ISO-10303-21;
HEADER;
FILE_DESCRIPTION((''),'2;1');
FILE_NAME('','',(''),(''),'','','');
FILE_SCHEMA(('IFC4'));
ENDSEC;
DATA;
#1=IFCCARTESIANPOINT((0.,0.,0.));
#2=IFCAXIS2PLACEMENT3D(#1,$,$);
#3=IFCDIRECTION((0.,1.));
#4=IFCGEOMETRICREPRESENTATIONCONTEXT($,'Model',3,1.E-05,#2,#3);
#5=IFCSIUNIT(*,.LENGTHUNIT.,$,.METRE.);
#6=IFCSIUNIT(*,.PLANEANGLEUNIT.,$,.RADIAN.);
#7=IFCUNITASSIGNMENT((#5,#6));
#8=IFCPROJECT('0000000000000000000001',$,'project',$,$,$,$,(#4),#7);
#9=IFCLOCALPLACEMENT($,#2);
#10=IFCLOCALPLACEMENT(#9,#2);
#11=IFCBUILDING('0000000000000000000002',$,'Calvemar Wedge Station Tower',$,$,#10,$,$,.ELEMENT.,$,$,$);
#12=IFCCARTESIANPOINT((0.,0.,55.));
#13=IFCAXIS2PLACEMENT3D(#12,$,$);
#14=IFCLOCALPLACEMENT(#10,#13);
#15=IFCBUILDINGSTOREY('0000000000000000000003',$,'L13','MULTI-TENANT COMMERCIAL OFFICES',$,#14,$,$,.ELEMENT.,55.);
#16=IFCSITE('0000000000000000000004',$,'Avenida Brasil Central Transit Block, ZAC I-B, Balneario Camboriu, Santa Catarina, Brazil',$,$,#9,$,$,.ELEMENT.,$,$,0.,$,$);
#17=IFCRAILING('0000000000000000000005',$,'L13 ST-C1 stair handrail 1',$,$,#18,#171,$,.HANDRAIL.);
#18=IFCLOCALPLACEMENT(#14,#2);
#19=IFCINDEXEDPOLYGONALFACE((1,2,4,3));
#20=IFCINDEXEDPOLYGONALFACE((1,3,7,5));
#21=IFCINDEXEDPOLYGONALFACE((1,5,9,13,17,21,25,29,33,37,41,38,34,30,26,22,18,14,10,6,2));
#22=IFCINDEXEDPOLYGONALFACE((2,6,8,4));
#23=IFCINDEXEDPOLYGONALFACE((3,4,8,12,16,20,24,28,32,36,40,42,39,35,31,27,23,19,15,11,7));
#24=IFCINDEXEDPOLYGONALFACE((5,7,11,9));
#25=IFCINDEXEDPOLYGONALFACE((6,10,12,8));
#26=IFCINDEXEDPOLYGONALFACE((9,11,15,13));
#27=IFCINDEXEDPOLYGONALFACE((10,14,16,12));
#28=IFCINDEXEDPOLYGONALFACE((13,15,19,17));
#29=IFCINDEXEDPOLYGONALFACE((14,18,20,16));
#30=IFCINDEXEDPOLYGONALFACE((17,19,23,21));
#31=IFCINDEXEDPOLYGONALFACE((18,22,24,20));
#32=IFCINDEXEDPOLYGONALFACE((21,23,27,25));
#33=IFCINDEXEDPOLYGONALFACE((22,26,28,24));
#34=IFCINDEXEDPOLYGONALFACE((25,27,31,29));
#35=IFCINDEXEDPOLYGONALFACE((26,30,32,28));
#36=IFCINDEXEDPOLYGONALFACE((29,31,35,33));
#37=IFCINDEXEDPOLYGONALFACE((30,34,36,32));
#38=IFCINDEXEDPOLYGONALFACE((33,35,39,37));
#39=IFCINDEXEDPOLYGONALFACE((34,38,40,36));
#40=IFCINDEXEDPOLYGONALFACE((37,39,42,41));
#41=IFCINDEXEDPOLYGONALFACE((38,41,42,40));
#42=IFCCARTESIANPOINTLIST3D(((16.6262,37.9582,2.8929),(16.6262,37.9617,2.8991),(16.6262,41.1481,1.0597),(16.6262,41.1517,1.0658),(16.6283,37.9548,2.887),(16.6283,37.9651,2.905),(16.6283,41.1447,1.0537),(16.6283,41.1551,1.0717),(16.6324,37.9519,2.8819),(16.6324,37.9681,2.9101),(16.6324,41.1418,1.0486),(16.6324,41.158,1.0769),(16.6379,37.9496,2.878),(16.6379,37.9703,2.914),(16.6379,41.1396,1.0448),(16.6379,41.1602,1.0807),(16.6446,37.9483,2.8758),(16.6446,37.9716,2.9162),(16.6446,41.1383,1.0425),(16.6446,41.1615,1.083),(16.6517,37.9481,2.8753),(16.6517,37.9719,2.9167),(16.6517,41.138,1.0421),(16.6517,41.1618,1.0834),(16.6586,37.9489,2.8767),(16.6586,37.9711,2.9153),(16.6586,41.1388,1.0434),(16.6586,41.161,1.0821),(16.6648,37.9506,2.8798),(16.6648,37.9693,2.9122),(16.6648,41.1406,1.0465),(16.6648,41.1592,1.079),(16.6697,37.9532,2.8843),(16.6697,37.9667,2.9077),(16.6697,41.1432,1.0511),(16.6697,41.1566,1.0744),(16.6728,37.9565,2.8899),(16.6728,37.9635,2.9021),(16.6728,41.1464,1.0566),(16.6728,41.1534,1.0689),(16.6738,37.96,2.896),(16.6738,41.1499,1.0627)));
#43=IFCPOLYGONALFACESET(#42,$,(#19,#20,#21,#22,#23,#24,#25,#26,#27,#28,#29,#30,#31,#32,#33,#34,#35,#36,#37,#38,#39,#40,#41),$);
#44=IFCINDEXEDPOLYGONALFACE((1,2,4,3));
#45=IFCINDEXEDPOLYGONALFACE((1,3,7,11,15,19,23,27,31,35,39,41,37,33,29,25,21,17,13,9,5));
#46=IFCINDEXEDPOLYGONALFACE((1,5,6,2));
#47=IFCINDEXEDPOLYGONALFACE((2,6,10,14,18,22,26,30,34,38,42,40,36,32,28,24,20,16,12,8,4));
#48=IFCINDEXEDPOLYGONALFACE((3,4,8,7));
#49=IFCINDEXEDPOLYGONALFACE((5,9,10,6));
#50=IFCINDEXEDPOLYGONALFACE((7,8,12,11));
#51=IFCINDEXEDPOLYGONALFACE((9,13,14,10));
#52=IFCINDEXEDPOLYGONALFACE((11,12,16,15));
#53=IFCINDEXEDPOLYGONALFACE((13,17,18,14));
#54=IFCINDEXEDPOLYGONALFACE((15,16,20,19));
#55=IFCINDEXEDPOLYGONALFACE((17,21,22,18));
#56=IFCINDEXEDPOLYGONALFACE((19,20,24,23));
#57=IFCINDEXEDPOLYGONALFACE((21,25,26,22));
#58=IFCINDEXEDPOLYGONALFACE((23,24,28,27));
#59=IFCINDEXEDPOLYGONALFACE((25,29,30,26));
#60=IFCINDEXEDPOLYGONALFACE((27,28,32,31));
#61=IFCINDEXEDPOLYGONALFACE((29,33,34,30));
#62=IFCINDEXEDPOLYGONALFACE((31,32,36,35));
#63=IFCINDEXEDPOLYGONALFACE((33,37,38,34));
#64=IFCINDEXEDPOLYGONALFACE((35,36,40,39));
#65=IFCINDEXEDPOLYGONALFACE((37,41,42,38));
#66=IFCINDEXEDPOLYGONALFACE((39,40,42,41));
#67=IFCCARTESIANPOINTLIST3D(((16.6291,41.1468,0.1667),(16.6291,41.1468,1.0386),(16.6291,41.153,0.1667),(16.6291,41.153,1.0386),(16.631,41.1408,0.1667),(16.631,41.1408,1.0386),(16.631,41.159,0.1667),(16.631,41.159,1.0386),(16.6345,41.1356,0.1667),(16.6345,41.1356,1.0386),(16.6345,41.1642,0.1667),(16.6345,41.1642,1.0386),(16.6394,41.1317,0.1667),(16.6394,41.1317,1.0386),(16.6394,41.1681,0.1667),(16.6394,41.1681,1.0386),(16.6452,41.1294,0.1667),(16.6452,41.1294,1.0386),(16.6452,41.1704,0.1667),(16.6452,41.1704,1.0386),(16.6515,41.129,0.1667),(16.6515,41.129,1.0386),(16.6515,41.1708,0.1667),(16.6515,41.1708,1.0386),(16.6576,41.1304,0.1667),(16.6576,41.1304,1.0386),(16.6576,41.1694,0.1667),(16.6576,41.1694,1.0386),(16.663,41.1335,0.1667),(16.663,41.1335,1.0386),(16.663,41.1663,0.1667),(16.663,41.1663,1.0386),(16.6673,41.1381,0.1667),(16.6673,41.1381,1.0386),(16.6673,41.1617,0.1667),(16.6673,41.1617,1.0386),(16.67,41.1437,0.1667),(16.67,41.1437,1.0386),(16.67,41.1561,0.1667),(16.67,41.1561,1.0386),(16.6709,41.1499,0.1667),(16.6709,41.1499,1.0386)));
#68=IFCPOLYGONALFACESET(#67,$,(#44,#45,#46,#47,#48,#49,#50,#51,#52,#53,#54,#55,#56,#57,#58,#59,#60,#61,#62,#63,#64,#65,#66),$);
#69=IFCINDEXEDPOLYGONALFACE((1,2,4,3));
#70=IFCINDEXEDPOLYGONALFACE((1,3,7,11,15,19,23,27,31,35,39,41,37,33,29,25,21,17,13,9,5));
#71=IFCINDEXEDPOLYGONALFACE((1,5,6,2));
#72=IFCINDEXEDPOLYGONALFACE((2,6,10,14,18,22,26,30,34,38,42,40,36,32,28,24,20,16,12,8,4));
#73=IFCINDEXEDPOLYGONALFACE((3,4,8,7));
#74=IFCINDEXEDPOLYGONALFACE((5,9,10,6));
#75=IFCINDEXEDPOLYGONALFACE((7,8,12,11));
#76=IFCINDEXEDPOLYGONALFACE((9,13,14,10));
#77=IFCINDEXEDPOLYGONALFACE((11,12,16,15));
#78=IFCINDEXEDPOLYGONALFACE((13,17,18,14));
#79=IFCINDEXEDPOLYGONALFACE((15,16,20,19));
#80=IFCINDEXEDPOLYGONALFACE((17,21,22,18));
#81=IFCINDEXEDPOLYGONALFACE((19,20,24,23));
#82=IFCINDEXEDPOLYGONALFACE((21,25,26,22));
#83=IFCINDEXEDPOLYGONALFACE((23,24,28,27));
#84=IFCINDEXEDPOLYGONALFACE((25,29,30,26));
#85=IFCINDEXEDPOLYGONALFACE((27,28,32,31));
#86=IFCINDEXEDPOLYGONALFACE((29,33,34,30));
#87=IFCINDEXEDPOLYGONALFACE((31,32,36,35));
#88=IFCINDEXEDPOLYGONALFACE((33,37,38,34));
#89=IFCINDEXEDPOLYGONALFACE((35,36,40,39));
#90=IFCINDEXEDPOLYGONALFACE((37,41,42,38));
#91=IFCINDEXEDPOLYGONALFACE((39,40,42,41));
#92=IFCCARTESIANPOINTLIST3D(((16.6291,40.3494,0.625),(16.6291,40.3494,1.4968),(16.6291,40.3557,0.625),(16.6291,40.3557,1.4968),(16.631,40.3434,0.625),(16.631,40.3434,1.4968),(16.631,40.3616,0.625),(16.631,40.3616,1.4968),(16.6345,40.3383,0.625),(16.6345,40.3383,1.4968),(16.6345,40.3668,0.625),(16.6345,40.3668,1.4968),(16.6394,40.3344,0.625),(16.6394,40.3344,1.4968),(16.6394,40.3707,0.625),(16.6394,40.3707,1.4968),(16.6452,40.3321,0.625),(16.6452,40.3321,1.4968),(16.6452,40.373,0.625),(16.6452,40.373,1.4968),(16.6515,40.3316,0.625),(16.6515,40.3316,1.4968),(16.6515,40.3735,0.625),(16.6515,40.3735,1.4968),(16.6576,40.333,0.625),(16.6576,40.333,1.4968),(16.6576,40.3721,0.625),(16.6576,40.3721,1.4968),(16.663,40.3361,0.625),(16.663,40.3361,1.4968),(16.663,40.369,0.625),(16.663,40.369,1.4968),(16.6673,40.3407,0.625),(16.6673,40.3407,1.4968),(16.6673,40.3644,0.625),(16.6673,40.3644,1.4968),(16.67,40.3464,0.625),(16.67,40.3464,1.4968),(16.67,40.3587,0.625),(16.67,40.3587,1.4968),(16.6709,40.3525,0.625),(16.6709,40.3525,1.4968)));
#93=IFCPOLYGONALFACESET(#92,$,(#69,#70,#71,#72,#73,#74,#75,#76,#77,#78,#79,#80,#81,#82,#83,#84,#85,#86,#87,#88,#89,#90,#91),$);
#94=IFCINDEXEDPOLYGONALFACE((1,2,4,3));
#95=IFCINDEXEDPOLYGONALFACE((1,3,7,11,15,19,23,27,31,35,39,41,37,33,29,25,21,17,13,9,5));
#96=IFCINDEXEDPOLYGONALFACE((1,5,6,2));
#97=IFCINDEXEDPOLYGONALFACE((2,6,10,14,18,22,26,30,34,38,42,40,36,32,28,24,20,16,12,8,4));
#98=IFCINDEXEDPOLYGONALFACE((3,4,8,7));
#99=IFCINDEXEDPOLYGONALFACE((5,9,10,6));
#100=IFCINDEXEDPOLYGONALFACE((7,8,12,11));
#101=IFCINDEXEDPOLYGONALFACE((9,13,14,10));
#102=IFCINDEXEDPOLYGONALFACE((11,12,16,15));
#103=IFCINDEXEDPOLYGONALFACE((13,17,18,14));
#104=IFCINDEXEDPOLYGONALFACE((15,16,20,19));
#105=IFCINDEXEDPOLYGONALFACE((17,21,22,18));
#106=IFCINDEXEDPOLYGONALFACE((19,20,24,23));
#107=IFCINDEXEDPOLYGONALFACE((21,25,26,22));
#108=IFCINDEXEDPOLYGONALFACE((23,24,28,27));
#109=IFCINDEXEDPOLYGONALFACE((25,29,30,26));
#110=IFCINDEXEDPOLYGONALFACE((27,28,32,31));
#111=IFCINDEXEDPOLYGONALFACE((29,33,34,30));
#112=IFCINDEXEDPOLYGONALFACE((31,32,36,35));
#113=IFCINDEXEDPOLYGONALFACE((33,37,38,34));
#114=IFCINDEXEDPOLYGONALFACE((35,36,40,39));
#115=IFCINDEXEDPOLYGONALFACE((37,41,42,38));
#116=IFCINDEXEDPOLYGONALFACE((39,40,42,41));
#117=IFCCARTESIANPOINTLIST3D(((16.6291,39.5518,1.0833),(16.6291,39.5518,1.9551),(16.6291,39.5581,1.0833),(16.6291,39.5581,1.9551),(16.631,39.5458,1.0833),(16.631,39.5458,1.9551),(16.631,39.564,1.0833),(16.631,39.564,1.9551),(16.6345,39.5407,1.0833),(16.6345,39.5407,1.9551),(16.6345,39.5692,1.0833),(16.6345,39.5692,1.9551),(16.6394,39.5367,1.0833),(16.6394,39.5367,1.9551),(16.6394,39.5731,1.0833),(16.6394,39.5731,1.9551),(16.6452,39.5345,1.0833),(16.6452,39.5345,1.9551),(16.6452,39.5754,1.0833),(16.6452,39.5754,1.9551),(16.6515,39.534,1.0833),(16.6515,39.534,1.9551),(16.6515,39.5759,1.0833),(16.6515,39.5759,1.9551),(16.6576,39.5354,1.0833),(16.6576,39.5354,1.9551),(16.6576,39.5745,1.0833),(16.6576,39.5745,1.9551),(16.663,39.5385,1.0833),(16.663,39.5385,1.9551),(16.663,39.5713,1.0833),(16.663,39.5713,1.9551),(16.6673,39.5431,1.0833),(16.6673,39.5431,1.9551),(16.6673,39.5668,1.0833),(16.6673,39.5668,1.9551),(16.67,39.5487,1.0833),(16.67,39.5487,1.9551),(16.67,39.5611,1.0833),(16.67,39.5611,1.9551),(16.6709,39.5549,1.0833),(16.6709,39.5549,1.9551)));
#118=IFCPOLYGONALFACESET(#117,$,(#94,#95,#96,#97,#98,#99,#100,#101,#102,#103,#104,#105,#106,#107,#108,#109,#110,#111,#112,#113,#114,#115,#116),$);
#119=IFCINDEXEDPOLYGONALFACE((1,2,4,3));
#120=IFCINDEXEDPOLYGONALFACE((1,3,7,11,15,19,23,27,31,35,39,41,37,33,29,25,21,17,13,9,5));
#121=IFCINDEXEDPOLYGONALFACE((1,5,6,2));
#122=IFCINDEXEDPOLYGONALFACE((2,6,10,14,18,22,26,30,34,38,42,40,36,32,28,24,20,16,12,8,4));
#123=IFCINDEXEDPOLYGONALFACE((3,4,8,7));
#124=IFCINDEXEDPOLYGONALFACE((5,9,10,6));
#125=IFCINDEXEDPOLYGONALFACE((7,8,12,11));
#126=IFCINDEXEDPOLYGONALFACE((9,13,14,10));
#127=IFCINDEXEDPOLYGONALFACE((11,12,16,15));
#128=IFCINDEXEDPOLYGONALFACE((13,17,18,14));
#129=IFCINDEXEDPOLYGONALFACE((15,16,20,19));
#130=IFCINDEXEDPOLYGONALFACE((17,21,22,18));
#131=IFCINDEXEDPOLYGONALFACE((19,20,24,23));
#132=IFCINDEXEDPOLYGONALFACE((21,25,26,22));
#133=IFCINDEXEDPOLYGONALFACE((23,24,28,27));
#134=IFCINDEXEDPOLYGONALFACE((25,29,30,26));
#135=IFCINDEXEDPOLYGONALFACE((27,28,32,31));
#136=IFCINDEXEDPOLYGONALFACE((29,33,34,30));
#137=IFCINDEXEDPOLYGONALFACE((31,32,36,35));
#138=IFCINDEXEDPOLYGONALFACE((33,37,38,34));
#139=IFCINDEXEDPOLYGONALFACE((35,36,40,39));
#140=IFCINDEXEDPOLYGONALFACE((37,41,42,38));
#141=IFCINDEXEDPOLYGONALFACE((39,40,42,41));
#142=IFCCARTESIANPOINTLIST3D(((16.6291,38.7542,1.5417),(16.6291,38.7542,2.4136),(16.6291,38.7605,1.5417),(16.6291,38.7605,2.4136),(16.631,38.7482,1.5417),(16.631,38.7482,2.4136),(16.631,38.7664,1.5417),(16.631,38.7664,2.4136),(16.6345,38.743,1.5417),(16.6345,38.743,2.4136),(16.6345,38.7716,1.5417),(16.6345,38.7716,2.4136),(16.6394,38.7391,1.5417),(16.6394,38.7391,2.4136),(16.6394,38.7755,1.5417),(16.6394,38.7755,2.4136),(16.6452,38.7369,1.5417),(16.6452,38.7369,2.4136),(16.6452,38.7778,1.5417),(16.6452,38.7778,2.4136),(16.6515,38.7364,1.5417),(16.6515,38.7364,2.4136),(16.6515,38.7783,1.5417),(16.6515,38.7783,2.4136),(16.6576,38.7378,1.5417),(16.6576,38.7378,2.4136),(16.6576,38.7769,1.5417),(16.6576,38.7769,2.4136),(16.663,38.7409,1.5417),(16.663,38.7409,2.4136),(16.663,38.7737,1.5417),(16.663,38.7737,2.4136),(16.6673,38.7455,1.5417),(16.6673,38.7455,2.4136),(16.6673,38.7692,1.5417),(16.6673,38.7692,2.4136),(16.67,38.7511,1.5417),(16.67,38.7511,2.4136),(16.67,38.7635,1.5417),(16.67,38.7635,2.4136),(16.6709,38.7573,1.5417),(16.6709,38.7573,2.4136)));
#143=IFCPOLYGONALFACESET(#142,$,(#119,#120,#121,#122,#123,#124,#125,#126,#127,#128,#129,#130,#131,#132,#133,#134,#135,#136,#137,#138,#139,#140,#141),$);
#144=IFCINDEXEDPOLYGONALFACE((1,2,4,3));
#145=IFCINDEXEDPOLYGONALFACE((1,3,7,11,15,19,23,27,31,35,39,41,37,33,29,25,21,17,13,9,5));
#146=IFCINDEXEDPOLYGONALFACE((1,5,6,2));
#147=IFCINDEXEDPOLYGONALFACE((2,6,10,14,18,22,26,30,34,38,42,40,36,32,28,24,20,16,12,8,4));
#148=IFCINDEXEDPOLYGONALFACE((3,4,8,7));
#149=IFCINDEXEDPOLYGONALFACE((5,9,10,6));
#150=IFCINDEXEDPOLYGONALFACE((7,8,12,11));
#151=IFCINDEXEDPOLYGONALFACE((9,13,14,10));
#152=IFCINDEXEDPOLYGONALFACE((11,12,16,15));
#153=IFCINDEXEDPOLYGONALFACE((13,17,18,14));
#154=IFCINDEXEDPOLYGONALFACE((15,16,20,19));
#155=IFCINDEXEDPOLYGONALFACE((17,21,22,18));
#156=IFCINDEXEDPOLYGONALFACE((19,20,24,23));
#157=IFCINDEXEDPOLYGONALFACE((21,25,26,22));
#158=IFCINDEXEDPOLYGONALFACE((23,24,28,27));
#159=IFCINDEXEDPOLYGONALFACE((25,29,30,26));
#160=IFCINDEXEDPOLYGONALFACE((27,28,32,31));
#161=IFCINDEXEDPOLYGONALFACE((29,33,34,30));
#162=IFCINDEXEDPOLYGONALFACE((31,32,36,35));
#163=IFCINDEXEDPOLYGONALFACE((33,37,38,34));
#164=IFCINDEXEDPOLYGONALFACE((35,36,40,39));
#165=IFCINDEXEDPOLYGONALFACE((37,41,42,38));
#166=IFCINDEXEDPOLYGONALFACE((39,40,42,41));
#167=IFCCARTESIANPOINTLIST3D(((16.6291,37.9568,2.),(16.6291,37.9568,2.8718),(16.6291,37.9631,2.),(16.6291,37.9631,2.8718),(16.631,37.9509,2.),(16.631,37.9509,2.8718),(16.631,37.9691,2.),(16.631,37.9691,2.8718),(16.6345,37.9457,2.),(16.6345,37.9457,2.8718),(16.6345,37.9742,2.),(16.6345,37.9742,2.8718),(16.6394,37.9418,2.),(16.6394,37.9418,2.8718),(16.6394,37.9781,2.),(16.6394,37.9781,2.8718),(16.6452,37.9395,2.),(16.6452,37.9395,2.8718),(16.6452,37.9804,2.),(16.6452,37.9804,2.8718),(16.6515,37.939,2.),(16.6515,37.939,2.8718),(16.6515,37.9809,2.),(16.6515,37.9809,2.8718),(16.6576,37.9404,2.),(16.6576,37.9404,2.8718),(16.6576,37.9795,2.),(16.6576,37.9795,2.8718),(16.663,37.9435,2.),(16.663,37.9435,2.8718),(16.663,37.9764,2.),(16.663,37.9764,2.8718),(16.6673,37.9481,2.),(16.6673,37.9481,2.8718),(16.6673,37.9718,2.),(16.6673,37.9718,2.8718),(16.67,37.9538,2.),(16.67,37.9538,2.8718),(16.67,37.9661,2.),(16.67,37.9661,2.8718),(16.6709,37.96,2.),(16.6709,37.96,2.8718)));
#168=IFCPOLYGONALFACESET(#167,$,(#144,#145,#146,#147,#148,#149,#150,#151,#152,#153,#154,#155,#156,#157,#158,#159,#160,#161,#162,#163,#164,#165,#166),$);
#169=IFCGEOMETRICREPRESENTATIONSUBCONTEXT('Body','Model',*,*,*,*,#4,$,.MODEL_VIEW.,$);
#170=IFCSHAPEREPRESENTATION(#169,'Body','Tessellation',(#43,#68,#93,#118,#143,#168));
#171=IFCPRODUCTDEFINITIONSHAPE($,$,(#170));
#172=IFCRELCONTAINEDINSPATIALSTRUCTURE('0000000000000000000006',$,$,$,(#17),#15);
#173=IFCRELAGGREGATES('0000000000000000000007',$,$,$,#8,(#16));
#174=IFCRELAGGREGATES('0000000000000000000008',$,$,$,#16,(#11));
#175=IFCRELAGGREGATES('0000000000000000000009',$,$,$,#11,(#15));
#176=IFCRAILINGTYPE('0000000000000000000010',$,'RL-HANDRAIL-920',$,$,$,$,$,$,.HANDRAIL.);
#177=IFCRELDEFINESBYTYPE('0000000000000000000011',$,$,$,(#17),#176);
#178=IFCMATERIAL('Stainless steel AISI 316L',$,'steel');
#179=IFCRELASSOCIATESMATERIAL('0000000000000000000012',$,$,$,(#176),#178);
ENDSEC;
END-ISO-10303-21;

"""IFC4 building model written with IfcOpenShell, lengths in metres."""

from ifc_helpers import new_model, si_unit, direction, frame, origin, origin_2d, place, context, subcontext, project, spatial, circle, extrude, material, type_object, element, save


model = new_model("IFC4")

# Units and contexts
model_context = context("Model", 3, precision=1e-05, world=origin(), true_north=direction((0.0, 1.0)))
body_context = subcontext(model_context, "Body", "Model", "MODEL_VIEW")
ifc_project = project(units=[si_unit("LENGTHUNIT", "METRE"), si_unit("PLANEANGLEUNIT", "RADIAN")], contexts=[model_context])

# Site, building, storey
site_placement = place(None, origin())
site = spatial("IfcSite", under=ifc_project, at=site_placement, Name="Avenida Brasil Central Transit Block, ZAC I-B, Balneario Camboriu, Santa Catarina, Brazil", CompositionType="ELEMENT", RefElevation=0.0)
building_placement = place(site_placement, origin())
building = spatial("IfcBuilding", under=site, at=building_placement, Name="Calvemar Wedge Station Tower", CompositionType="ELEMENT")
storey_placement = place(building_placement, frame((0.0, 0.0, 55.0)))
storey = spatial("IfcBuildingStorey", under=building, at=storey_placement, Name="L13", Description="MULTI-TENANT COMMERCIAL OFFICES", CompositionType="ELEMENT", Elevation=55.0)

# Railing
ifc_material_1 = material(Name="Stainless steel AISI 316L", Category="steel")
railing_type_1 = type_object("IfcRailingType", Name="RL-HANDRAIL-920", PredefinedType="HANDRAIL", material=ifc_material_1)
railing_1_placement = place(storey_placement, frame((16.6499, 41.1499, 0.1667)))
element("IfcRailing", 1, at=railing_1_placement, inside=storey, type_object=railing_type_1, Name="L13 ST-C1 stair handrail 1", PredefinedType="HANDRAIL", context=body_context, shape_type="SweptSolid", body=[
    extrude(circle(Radius=0.0239, at=origin_2d()), frame((0.0, 0.0, 0.896), z_axis=(0.0, -0.86702, 0.498274), x_axis=(1.0, 0.0, 0.0)), (0.0, 0.0, 1.0), 3.6792),
    extrude(circle(Radius=0.021, at=origin_2d()), origin(), (0.0, 0.0, 1.0), 0.8718),
    extrude(circle(Radius=0.021, at=origin_2d()), frame((0.0, -0.7974, 0.4583)), (0.0, 0.0, 1.0), 0.8718),
    extrude(circle(Radius=0.021, at=origin_2d()), frame((0.0, -1.595, 0.9165)), (0.0, 0.0, 1.0), 0.8718),
    extrude(circle(Radius=0.021, at=origin_2d()), frame((0.0, -2.3926, 1.375)), (0.0, 0.0, 1.0), 0.8718),
    extrude(circle(Radius=0.021, at=origin_2d()), frame((0.0, -3.1899, 1.8333)), (0.0, 0.0, 1.0), 0.8718),
])

save(model, "model.ifc")
